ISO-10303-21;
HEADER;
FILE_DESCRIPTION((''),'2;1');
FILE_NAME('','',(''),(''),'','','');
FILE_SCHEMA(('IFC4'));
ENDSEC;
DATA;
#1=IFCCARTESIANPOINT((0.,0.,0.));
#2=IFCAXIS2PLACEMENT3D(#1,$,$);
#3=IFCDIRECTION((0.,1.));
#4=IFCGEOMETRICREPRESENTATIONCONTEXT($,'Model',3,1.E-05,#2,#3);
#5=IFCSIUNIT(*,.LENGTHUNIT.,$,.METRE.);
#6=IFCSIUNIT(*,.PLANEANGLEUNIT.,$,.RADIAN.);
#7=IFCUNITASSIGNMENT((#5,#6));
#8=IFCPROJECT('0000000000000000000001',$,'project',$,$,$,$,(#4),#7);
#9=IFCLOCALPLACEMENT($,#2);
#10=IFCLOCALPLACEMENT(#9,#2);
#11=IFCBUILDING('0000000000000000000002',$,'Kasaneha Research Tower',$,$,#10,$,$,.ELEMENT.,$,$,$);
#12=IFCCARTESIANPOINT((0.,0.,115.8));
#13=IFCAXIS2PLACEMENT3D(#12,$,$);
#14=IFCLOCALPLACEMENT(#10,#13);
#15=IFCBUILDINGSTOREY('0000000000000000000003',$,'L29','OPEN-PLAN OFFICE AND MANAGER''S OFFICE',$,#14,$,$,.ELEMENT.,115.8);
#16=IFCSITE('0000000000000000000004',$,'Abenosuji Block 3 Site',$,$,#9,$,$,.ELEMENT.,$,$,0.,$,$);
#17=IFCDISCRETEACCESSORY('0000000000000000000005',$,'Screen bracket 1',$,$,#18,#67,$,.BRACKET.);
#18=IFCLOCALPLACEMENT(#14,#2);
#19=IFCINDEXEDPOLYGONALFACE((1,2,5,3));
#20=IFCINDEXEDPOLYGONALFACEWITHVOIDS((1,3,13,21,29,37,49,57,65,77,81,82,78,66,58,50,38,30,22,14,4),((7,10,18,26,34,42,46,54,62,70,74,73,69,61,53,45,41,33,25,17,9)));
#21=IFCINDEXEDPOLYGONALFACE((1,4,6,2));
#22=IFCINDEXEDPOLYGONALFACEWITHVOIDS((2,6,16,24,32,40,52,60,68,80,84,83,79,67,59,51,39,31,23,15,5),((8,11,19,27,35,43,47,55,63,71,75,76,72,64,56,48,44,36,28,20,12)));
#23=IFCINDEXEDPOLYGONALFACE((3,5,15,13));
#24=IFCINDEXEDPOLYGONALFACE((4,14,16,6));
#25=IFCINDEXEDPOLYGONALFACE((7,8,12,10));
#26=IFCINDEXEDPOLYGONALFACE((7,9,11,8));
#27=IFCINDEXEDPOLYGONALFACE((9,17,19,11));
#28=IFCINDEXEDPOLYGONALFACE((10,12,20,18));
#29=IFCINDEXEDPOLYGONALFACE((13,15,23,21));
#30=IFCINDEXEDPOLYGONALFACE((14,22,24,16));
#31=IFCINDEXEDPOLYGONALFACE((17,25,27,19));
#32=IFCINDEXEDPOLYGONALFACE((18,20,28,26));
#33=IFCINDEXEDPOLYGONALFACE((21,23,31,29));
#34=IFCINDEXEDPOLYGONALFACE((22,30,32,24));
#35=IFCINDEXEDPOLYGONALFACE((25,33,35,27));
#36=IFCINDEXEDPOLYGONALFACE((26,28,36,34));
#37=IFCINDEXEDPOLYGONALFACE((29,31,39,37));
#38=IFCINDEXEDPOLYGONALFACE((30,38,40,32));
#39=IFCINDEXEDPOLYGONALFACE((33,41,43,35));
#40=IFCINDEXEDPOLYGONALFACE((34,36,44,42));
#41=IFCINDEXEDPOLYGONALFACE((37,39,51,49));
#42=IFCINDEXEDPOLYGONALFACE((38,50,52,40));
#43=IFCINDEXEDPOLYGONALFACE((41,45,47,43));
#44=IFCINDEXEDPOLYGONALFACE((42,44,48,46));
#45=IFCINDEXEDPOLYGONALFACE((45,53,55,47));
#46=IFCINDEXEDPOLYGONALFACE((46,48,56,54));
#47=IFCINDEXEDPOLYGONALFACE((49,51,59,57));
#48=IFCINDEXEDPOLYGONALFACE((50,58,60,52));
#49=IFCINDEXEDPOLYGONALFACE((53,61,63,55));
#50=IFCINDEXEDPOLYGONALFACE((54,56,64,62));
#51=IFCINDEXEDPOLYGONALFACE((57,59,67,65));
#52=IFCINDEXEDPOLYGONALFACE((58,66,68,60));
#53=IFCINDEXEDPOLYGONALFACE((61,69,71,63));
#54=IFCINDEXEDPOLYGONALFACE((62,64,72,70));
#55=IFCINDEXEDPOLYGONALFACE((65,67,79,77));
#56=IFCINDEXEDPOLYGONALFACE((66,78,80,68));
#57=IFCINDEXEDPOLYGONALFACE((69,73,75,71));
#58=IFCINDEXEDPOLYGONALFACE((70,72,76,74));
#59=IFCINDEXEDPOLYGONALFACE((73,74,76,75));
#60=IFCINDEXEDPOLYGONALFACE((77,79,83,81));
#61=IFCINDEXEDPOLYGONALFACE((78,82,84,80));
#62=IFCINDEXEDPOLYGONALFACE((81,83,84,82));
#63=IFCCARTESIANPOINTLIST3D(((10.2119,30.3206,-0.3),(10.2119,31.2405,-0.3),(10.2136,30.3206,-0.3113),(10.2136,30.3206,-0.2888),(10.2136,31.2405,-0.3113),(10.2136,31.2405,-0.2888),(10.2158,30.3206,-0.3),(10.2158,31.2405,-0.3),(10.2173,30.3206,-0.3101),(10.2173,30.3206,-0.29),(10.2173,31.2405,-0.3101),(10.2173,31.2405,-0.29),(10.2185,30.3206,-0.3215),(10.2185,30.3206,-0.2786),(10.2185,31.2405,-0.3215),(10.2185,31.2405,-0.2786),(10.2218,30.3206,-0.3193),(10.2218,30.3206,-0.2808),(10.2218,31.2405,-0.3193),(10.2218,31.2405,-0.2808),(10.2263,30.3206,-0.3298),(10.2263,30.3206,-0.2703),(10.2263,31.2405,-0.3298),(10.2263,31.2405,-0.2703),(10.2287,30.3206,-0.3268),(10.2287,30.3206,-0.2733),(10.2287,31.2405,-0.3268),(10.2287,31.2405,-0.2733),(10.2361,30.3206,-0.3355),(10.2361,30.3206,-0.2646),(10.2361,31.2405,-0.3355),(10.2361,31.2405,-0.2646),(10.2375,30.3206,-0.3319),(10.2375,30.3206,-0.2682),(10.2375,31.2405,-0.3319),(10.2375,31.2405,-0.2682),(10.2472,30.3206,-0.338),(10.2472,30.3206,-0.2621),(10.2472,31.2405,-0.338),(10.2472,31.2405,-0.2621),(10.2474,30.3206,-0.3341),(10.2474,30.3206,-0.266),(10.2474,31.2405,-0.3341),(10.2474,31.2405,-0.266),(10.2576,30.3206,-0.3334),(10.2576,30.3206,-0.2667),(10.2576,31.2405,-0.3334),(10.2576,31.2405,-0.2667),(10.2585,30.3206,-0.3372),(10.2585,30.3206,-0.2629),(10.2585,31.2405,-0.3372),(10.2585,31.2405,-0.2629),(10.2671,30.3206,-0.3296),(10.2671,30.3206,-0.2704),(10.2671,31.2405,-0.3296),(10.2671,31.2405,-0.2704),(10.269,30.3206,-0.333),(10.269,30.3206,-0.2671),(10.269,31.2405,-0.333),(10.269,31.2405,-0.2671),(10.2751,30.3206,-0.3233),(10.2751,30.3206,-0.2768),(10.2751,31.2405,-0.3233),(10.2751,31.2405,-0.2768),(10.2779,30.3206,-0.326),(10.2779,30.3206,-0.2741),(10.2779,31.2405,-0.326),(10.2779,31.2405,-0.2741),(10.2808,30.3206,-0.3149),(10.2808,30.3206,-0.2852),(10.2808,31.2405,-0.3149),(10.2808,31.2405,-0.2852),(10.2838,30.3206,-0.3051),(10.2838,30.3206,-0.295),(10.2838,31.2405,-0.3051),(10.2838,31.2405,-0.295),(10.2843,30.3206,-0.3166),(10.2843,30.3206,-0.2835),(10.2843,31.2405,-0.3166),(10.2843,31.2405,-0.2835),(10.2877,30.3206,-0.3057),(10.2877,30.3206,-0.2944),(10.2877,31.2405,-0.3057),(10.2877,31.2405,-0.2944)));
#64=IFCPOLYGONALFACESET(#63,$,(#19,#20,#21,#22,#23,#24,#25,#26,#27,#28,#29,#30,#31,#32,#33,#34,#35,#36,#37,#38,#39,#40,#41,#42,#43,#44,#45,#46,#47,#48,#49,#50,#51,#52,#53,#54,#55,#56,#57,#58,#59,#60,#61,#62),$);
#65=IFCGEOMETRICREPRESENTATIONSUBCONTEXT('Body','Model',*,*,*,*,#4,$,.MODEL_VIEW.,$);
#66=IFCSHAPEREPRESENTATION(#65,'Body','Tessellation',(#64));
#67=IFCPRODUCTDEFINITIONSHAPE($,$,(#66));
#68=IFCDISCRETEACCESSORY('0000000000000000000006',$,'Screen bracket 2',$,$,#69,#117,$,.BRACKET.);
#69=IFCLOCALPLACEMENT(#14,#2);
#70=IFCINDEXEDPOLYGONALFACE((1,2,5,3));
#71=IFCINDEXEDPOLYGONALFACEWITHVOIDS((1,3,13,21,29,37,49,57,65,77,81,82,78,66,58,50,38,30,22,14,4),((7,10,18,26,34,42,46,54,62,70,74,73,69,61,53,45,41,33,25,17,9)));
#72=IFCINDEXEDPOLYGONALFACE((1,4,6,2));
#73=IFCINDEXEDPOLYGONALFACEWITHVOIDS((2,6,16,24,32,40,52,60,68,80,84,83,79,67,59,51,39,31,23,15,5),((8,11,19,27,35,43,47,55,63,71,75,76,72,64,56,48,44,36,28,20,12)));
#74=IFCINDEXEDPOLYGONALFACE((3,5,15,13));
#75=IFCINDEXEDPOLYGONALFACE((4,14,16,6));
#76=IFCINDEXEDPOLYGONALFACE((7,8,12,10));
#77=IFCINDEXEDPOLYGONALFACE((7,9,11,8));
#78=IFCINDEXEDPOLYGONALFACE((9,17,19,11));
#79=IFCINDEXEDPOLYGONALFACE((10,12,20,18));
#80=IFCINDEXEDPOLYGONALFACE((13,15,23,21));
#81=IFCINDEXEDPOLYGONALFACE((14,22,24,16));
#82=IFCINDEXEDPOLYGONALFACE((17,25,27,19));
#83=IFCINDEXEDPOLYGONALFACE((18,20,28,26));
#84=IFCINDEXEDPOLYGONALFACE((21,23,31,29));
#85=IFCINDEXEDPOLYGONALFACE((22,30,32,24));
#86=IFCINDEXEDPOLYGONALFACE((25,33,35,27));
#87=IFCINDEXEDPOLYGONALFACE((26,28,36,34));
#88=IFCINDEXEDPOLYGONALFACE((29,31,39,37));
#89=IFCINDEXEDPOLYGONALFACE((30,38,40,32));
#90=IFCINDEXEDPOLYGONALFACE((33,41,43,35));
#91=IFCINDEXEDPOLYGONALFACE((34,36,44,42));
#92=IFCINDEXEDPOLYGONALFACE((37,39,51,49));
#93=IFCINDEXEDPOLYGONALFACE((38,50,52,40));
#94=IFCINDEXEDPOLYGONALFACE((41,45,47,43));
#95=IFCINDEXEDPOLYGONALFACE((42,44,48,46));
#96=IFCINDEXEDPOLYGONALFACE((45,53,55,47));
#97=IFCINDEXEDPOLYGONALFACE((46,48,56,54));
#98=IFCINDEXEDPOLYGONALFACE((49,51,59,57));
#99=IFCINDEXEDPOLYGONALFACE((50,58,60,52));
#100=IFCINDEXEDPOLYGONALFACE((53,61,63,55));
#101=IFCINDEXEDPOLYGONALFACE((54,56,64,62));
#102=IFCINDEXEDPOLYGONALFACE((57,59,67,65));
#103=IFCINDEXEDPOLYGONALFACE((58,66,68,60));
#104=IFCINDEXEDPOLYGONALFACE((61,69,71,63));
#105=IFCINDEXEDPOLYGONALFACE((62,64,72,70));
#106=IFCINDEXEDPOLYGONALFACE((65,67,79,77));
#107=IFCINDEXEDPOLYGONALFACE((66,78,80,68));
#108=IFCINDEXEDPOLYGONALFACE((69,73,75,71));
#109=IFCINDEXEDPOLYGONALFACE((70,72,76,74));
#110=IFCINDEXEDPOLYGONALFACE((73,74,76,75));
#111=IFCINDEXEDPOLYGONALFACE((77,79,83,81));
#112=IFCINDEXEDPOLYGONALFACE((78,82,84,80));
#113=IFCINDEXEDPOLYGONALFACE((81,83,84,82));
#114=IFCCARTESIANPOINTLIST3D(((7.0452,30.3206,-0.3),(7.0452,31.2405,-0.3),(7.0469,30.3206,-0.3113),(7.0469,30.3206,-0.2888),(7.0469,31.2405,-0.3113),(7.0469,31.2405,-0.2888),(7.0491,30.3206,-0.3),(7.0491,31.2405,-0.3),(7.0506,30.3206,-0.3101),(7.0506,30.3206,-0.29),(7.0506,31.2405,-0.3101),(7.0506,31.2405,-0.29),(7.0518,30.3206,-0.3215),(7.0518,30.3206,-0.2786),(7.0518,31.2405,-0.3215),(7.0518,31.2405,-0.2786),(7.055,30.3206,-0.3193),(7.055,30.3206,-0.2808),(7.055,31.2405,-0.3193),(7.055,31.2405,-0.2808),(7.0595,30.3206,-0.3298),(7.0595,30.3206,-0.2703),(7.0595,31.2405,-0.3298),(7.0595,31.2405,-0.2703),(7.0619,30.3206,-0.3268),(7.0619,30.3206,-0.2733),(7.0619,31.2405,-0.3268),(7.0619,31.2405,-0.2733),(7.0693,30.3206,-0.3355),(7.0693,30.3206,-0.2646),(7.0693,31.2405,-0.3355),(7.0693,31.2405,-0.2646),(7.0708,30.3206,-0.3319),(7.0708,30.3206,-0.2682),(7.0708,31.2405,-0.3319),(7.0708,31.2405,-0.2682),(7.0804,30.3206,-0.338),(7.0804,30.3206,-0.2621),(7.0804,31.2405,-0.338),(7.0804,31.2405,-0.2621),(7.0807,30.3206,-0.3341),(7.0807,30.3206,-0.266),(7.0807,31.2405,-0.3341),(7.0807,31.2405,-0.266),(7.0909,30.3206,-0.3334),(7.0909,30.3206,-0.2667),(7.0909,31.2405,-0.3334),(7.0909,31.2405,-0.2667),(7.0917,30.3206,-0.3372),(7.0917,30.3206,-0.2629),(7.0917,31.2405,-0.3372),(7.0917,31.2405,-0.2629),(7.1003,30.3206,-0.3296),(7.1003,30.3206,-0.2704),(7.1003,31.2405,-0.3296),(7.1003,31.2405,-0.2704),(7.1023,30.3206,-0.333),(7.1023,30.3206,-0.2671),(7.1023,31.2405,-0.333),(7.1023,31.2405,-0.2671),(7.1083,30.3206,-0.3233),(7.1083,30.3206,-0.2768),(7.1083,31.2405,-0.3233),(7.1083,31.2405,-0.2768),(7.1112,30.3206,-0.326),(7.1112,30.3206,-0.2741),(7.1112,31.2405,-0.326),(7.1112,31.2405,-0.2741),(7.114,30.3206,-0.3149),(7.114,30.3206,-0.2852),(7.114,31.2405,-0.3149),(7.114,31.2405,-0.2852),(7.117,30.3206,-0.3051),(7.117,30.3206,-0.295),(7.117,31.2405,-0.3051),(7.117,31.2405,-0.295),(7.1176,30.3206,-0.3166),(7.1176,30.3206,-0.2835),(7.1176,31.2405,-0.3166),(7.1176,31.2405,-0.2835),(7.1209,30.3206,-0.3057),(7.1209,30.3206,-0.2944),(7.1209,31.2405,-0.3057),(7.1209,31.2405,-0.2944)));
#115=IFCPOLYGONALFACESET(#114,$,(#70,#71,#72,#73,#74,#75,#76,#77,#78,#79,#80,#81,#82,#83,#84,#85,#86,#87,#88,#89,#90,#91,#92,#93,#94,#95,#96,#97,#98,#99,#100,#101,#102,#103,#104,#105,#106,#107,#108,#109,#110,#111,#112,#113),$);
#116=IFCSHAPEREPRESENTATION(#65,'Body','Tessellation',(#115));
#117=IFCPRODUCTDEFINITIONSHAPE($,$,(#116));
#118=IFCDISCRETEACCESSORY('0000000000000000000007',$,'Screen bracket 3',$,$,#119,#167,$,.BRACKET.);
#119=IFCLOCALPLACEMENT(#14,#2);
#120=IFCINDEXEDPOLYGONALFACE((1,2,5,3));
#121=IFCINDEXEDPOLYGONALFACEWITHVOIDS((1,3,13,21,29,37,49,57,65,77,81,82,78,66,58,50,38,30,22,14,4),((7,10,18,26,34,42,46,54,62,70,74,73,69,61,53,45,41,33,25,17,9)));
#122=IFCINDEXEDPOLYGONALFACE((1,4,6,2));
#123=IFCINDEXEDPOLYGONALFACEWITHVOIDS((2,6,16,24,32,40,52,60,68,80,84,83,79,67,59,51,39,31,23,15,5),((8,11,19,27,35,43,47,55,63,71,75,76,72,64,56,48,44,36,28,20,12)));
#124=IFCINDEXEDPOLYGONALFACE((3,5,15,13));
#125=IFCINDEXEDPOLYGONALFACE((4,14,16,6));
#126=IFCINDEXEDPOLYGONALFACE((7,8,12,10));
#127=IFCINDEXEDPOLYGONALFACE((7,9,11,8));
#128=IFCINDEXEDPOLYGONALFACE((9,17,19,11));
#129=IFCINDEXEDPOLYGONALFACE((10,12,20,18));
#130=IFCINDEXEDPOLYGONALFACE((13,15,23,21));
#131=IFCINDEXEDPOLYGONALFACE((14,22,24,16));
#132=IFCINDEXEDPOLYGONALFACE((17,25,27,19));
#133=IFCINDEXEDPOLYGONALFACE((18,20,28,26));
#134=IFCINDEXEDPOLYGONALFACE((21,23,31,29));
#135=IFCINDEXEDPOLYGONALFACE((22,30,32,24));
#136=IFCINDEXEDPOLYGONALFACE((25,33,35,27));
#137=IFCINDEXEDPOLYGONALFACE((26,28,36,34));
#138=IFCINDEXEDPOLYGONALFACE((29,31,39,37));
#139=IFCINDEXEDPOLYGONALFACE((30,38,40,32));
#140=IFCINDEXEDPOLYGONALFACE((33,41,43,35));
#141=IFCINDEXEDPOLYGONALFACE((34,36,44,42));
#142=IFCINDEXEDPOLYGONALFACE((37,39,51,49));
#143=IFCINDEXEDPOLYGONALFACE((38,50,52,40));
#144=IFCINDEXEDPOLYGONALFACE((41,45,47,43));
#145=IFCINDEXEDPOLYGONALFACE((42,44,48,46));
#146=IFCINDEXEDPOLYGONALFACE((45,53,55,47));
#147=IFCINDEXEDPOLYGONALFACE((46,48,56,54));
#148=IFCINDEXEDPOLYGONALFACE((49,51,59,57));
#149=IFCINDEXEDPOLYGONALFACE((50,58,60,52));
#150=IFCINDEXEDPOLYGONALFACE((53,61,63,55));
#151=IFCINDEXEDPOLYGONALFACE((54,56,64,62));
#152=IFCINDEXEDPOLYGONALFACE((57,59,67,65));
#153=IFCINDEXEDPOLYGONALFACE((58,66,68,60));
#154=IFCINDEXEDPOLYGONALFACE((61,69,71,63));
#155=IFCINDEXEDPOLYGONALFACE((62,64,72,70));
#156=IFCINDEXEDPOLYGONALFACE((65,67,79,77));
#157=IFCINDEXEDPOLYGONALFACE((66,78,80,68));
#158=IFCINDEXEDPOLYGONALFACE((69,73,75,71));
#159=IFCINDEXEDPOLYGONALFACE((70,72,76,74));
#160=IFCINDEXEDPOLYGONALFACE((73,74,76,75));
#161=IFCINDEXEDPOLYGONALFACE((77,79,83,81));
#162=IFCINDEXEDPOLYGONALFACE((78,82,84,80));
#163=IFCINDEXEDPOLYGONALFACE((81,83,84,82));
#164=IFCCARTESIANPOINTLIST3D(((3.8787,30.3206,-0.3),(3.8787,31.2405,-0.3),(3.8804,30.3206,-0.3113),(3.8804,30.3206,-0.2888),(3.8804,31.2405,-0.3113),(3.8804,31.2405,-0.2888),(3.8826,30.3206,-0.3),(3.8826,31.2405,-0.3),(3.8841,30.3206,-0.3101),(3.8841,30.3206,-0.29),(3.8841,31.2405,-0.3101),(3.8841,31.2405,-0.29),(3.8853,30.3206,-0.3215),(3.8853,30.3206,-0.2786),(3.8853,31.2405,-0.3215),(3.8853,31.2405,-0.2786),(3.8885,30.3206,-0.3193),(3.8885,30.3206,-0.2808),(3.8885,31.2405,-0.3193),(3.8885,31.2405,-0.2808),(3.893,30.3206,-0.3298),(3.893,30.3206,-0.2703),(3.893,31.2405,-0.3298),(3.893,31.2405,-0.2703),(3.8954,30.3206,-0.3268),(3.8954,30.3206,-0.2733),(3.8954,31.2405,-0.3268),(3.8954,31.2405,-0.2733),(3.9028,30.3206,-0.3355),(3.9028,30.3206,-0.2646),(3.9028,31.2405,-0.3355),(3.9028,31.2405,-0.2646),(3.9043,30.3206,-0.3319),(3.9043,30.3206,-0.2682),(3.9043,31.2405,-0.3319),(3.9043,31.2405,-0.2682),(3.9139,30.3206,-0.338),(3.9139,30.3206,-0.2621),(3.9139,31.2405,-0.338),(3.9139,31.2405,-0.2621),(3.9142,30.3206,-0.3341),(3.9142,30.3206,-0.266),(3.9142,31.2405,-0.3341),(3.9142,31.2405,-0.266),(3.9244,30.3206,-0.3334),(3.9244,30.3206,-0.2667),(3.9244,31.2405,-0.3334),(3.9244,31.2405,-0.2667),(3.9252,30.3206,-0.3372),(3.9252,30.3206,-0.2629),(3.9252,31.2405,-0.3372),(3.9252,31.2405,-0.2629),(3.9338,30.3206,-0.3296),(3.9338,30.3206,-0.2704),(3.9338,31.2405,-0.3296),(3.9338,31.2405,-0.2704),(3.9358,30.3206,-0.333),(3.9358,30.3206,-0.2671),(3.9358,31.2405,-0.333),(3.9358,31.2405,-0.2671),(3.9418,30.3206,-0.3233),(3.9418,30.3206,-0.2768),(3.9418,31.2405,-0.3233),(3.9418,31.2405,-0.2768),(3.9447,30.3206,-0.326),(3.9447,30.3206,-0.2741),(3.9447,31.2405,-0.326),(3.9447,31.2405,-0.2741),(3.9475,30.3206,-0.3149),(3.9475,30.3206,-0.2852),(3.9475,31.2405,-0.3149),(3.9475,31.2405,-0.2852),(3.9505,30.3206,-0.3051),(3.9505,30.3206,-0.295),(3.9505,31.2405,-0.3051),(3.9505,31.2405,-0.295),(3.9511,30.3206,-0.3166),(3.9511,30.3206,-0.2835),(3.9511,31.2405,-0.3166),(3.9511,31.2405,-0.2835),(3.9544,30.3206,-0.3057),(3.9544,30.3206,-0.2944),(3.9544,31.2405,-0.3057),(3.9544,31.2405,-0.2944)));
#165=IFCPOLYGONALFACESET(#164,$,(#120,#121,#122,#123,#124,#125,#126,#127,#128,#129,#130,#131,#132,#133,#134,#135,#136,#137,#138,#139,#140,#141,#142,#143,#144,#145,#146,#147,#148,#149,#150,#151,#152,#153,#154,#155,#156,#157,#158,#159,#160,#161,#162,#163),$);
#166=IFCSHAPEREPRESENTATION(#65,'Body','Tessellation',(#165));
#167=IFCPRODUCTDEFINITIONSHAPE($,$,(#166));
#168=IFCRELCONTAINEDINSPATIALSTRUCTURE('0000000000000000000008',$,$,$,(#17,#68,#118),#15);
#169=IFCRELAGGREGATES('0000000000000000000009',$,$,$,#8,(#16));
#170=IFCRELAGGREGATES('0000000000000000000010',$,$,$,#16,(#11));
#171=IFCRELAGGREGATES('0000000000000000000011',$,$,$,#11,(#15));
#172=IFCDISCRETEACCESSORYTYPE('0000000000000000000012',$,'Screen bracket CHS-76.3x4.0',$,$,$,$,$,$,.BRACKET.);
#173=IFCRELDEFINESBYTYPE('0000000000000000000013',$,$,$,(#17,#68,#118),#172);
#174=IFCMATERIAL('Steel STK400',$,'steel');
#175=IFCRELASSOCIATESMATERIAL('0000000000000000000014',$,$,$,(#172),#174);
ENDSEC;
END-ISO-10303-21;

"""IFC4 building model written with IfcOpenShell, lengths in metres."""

from ifc_helpers import new_model, si_unit, direction, frame, origin, origin_2d, place, context, subcontext, project, spatial, hollow_circle, extrude, material, material_profile, profile_set, type_object, element, save


model = new_model("IFC4")

# Units and contexts
model_context = context("Model", 3, precision=1e-05, world=origin(), true_north=direction((0.0, 1.0)))
body_context = subcontext(model_context, "Body", "Model", "MODEL_VIEW")
ifc_project = project(units=[si_unit("LENGTHUNIT", "METRE"), si_unit("PLANEANGLEUNIT", "RADIAN")], contexts=[model_context])

# Site, building, storey
site_placement = place(None, origin())
site = spatial("IfcSite", under=ifc_project, at=site_placement, Name="Abenosuji Block 3 Site", CompositionType="ELEMENT", RefElevation=0.0)
building_placement = place(site_placement, origin())
building = spatial("IfcBuilding", under=site, at=building_placement, Name="Kasaneha Research Tower", CompositionType="ELEMENT")
storey_placement = place(building_placement, frame((0.0, 0.0, 115.8)))
storey = spatial("IfcBuildingStorey", under=building, at=storey_placement, Name="L29", Description="OPEN-PLAN OFFICE AND MANAGER'S OFFICE", CompositionType="ELEMENT", Elevation=115.8)

# Discrete accessories
ifc_material_1 = material(Name="Steel STK400", Category="steel")
ifc_material_profile_1 = material_profile(ifc_material_1, hollow_circle(Radius=0.0381, WallThickness=0.0039, at=origin_2d()), Name="CHS-76.3x4.0")
ifc_profile_set_1 = profile_set([ifc_material_profile_1], Name="Steel STK400")
discrete_accessory_type = type_object("IfcDiscreteAccessoryType", Name="Screen bracket CHS-76.3x4.0", PredefinedType="BRACKET", material=ifc_profile_set_1)
for number, where, z_axis, x_axis, name in (
    (1, (10.25, 30.3206, -0.3), (0.0, 1.0, 0.0), (-1.0, 0.0, 0.0), "Screen bracket 1"),
    (2, (7.0833, 30.3206, -0.3), (0.0, 1.0, 0.0), (-1.0, 0.0, 0.0), "Screen bracket 2"),
    (3, (3.9167, 30.3206, -0.3), (0.0, 1.0, 0.0), (-1.0, 0.0, 0.0), "Screen bracket 3"),
):
    element("IfcDiscreteAccessory", number, at=place(storey_placement, frame(where, z_axis=z_axis, x_axis=x_axis)), inside=storey, type_object=discrete_accessory_type, Name=name, PredefinedType="BRACKET", context=body_context, shape_type="SweptSolid", body=[
        extrude(hollow_circle(Radius=0.0381, WallThickness=0.0039, at=origin_2d()), origin(), (0.0, 0.0, 1.0), 0.9199),
    ])

save(model, "model.ifc")
